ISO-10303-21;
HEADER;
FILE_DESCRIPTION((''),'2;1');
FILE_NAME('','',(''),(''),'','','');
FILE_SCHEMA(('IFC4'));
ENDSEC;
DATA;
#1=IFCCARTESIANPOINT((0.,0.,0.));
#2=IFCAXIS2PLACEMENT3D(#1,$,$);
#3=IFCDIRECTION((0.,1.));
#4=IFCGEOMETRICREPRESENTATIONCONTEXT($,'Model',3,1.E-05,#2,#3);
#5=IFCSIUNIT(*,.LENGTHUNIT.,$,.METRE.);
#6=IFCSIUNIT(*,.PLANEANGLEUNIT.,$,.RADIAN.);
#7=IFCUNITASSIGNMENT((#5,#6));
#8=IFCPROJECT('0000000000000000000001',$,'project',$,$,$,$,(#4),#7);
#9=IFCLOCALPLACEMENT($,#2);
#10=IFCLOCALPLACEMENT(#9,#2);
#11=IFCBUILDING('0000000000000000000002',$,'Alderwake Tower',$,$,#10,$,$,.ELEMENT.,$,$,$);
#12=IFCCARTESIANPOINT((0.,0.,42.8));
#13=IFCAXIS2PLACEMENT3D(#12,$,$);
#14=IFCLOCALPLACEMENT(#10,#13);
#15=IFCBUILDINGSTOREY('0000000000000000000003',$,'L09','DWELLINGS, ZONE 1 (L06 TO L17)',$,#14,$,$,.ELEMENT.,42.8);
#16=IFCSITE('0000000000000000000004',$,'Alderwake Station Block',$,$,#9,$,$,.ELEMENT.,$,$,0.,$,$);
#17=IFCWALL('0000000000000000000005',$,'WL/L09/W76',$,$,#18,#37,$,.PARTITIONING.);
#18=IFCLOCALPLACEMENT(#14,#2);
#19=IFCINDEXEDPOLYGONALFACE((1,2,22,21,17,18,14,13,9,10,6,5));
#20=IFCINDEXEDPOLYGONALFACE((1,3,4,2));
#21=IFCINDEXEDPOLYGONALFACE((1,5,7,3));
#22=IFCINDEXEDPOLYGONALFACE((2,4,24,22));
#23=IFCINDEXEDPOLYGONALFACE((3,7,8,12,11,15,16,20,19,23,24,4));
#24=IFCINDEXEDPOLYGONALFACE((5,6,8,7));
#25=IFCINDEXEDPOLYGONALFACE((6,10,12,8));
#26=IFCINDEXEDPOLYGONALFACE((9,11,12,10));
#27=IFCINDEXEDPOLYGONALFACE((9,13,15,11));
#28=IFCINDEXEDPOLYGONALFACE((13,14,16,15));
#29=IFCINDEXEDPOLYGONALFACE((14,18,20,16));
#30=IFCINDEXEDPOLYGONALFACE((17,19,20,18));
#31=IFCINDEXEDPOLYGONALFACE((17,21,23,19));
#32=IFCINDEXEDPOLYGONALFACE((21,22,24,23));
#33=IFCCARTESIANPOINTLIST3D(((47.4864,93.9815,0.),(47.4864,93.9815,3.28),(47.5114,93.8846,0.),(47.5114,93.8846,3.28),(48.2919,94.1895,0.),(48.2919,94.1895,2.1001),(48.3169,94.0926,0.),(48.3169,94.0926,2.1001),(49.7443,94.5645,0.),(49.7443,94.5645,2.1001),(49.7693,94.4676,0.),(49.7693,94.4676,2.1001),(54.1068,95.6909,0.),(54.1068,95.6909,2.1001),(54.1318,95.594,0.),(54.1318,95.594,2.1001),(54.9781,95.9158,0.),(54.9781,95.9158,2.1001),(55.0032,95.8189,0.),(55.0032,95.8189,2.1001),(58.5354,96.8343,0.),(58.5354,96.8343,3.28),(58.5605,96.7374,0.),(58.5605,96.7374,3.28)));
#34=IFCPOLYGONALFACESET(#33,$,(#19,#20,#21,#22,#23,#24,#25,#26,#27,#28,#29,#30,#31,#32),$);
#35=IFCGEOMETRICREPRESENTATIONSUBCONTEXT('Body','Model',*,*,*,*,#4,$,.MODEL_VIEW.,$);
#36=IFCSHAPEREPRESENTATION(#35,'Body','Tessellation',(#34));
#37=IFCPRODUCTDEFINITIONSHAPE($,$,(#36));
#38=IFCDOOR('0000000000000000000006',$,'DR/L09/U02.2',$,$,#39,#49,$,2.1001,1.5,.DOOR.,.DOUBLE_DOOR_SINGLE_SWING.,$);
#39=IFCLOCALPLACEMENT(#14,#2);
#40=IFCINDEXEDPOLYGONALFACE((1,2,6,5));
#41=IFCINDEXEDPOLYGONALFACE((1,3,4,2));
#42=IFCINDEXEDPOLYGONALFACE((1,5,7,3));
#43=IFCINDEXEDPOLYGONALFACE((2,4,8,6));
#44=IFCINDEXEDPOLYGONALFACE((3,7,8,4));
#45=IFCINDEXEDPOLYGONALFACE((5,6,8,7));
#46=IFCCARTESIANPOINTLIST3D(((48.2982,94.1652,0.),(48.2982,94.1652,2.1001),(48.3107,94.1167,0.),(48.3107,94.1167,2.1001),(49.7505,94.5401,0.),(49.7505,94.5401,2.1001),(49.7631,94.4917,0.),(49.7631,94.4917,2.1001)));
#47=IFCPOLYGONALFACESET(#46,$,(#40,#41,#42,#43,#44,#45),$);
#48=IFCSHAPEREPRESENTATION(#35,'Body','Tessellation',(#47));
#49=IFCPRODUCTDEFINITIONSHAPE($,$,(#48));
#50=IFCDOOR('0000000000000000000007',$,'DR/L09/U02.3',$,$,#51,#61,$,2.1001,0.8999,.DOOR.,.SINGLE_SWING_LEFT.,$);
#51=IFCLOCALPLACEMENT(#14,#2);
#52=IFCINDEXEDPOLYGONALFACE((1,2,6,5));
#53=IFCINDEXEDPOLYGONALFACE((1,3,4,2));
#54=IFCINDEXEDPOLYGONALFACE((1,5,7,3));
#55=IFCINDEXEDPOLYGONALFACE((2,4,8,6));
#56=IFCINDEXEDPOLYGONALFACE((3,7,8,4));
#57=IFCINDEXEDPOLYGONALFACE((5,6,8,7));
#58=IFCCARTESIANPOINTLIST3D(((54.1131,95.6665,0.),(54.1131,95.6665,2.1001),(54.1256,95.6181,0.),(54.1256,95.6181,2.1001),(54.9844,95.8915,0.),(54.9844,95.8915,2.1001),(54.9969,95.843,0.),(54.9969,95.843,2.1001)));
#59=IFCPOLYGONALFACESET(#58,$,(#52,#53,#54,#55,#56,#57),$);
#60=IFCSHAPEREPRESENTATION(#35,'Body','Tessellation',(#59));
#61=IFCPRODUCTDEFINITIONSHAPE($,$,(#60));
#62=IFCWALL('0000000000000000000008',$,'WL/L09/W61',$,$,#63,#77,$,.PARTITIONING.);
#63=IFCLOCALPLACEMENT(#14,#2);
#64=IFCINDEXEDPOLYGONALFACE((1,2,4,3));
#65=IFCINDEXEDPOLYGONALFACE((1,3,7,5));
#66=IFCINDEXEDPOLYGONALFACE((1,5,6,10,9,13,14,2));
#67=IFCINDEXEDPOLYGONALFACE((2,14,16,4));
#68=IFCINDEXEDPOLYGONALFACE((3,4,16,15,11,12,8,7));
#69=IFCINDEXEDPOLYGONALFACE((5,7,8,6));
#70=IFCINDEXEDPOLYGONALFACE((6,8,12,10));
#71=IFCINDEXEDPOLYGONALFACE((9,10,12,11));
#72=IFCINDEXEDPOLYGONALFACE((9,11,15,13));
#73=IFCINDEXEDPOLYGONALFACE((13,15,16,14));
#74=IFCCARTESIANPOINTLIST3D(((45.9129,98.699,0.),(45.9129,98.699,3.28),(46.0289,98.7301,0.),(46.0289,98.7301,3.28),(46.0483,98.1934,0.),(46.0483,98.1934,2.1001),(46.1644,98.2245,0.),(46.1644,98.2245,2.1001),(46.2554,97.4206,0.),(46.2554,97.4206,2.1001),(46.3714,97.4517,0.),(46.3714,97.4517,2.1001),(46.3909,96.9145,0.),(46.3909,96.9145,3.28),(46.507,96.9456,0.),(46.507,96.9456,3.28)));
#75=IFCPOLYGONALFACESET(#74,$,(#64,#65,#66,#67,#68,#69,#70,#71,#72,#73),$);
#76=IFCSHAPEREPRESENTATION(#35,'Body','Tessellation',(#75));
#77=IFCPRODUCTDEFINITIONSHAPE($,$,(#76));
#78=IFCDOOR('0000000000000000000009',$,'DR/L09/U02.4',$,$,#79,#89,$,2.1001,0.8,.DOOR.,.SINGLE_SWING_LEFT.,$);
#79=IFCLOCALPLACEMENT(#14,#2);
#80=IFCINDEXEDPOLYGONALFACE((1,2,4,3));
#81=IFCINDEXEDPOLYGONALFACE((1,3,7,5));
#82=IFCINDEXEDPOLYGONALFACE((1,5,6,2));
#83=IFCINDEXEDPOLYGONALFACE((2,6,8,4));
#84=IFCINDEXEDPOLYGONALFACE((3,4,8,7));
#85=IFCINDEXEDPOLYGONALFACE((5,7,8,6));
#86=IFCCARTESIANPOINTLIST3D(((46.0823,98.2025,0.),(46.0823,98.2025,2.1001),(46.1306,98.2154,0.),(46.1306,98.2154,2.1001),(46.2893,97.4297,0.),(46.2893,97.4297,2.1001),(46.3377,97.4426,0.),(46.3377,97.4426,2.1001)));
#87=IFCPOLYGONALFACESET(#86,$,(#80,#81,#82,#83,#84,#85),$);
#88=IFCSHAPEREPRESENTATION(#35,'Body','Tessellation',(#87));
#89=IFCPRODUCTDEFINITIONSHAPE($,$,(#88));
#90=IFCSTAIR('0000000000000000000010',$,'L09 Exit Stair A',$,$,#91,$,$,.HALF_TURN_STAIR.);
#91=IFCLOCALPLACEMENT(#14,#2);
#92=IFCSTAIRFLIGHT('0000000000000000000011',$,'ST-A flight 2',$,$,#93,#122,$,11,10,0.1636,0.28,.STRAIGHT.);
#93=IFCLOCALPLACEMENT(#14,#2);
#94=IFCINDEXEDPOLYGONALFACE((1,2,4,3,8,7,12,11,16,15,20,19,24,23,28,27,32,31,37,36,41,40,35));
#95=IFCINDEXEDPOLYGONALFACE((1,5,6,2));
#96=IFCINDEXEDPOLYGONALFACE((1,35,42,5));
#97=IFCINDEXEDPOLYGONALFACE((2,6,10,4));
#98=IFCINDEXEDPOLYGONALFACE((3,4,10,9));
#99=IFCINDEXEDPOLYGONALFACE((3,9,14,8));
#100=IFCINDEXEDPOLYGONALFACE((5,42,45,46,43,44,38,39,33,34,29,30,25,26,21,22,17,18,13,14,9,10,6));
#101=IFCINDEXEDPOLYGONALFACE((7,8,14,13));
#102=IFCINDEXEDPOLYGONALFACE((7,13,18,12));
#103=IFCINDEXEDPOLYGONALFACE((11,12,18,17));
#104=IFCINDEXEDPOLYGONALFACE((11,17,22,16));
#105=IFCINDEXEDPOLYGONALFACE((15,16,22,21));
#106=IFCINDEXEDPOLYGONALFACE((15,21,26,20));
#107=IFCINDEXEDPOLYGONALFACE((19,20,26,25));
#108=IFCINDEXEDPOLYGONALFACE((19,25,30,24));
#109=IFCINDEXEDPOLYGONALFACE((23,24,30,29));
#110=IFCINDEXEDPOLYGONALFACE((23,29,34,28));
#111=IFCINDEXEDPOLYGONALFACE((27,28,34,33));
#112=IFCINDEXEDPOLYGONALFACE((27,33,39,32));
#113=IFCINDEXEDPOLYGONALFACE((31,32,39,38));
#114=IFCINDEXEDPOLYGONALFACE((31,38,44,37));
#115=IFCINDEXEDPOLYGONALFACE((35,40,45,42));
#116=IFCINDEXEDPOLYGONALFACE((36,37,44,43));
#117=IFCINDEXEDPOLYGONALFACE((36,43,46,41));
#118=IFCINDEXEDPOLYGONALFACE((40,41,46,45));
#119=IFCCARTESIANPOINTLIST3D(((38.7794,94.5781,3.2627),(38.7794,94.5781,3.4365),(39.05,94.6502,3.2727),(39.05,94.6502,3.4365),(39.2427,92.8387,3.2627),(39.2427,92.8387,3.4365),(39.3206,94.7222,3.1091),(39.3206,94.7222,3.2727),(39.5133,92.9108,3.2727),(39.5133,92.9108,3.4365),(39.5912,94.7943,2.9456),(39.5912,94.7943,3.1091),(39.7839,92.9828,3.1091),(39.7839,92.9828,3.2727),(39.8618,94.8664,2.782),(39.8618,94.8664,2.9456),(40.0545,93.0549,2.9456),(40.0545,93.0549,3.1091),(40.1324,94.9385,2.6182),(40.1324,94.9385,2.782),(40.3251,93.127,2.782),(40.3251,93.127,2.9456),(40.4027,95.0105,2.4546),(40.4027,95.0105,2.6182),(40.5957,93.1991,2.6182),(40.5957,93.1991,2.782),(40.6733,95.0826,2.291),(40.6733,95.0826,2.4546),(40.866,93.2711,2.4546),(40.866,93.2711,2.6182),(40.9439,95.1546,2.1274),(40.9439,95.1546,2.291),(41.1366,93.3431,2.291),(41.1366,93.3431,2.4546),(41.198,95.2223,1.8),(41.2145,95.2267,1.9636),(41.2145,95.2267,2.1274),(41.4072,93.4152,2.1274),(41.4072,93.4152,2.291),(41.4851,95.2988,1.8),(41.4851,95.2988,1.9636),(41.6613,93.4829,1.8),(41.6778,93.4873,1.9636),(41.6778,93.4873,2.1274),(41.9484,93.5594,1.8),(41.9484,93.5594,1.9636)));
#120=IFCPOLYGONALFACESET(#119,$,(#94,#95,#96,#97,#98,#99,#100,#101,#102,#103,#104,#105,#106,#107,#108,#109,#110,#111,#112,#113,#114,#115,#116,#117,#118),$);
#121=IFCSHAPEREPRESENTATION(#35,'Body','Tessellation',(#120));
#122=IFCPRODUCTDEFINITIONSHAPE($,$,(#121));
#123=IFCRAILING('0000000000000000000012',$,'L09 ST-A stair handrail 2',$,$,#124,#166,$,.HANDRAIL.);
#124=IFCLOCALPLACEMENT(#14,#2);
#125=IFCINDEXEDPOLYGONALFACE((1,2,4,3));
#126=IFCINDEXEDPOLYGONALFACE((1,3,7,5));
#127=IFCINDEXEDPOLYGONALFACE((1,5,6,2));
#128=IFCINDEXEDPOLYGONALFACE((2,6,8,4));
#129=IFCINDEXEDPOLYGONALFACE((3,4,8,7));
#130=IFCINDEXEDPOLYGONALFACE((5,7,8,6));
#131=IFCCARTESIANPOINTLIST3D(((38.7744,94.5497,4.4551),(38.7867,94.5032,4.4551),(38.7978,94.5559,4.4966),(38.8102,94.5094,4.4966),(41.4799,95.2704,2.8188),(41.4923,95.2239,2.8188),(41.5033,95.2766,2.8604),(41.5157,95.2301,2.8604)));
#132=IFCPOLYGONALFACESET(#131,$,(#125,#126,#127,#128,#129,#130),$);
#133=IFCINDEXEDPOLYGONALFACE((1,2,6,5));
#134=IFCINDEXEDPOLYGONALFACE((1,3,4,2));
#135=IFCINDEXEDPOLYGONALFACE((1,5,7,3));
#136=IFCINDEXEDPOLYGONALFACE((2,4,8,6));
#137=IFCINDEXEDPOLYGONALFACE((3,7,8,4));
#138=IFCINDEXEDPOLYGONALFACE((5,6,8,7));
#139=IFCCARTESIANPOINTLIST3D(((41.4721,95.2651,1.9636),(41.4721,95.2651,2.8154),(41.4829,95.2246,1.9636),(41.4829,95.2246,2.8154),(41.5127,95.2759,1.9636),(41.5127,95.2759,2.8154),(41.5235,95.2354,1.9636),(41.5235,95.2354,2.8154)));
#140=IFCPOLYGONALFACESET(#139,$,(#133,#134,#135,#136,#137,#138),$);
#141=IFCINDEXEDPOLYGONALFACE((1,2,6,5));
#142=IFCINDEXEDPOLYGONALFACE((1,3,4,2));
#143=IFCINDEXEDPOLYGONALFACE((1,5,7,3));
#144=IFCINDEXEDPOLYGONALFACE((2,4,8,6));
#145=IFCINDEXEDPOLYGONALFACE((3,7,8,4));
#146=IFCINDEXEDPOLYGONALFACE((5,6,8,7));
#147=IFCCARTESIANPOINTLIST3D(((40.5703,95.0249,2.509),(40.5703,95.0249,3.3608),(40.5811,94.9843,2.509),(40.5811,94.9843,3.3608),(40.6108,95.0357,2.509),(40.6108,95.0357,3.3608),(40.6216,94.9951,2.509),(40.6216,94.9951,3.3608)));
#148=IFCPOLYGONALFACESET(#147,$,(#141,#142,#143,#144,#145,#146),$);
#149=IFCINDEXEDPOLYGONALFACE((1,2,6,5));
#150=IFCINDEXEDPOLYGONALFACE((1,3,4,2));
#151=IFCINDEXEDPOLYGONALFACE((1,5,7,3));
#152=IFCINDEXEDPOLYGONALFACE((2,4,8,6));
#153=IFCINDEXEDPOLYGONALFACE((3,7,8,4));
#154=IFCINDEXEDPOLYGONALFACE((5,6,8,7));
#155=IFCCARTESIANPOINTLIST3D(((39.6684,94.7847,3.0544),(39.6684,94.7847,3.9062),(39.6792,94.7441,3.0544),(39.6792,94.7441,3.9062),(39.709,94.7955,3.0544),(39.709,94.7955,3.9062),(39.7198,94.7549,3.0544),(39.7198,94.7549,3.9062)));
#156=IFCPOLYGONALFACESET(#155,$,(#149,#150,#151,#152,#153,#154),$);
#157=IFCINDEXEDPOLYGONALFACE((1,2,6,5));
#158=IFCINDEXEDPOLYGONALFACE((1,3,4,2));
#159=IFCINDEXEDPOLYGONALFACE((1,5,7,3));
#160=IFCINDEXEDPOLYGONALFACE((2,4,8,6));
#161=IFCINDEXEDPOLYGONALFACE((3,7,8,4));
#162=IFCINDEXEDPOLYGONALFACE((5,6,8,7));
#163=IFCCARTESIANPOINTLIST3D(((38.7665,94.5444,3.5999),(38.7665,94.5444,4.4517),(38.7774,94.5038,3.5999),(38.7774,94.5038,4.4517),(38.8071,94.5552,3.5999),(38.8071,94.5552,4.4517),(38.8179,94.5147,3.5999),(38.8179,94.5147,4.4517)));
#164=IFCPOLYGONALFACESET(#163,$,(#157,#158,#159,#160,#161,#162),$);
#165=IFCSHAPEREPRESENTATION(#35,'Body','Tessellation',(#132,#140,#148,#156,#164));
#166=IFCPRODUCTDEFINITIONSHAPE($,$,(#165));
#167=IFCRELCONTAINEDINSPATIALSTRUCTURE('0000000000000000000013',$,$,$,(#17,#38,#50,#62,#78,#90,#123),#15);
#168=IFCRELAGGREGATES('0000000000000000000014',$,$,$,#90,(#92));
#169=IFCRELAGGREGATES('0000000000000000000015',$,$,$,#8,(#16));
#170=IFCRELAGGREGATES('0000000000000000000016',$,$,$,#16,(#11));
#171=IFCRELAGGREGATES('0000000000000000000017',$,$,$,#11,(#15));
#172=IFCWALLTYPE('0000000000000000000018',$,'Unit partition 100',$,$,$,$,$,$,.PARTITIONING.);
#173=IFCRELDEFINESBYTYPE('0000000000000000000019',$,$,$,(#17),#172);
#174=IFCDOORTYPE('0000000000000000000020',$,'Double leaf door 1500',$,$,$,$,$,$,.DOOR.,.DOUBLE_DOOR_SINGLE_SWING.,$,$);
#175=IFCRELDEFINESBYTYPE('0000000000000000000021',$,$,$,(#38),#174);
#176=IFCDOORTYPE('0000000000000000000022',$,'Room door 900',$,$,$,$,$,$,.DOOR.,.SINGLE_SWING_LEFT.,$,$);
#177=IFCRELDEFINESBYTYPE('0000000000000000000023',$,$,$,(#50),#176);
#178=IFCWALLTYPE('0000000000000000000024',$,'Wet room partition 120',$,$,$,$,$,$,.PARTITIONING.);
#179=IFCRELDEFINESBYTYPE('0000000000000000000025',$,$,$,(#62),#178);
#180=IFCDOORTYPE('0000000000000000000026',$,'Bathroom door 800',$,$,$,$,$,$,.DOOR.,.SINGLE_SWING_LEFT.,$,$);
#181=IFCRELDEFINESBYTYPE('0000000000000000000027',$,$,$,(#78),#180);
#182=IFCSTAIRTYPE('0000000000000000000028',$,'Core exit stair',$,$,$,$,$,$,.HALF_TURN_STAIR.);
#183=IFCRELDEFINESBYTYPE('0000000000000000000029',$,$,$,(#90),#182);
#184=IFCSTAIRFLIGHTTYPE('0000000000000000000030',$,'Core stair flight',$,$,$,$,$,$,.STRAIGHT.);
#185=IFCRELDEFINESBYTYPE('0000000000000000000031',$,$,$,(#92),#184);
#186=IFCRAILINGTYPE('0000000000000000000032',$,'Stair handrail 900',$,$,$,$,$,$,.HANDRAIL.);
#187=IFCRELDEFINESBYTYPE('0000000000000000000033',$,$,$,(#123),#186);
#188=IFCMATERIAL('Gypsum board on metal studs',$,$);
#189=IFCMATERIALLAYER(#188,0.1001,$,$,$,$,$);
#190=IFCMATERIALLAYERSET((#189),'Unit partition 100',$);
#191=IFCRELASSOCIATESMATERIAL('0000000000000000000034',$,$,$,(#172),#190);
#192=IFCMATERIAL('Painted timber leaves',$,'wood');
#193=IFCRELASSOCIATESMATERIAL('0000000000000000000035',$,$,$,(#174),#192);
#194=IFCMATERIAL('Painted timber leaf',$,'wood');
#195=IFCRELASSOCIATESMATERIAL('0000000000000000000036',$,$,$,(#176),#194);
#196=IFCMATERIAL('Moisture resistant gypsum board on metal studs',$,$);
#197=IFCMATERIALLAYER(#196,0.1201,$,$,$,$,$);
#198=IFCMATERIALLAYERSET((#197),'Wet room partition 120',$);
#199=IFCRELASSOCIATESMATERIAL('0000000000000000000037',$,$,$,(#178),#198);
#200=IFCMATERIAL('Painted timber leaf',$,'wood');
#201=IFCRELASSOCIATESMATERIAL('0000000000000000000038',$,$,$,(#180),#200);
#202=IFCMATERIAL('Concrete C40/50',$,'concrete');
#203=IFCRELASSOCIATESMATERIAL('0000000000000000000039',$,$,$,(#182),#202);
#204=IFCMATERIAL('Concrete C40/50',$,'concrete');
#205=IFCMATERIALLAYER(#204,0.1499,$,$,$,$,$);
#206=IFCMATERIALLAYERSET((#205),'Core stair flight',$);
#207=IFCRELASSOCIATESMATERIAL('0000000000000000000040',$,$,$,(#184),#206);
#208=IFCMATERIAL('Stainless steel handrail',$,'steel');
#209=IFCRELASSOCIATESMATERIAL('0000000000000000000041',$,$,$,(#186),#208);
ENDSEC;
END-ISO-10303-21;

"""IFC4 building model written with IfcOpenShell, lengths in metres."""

from ifc_helpers import new_model, si_unit, direction, frame, frame_2d, origin, origin_2d, place, context, subcontext, project, spatial, polyline, rectangle, outline, extrude, material, layer, layer_set, type_object, element, fill, aggregate, save


model = new_model("IFC4")

# Units and contexts
model_context = context("Model", 3, precision=1e-05, world=origin(), true_north=direction((0.0, 1.0)))
body_context = subcontext(model_context, "Body", "Model", "MODEL_VIEW")
ifc_project = project(units=[si_unit("LENGTHUNIT", "METRE"), si_unit("PLANEANGLEUNIT", "RADIAN")], contexts=[model_context])

# Site, building, storey
site_placement = place(None, origin())
site = spatial("IfcSite", under=ifc_project, at=site_placement, Name="Alderwake Station Block", CompositionType="ELEMENT", RefElevation=0.0)
building_placement = place(site_placement, origin())
building = spatial("IfcBuilding", under=site, at=building_placement, Name="Alderwake Tower", CompositionType="ELEMENT")
storey_placement = place(building_placement, frame((0.0, 0.0, 42.8)))
storey = spatial("IfcBuildingStorey", under=building, at=storey_placement, Name="L09", Description="DWELLINGS, ZONE 1 (L06 TO L17)", CompositionType="ELEMENT", Elevation=42.8)

# Wall, openings, doors
ifc_material_1 = material(Name="Gypsum board on metal studs")
ifc_layer_1 = layer(ifc_material_1, 0.1001)
ifc_layer_set_1 = layer_set([ifc_layer_1], Name="Unit partition 100")
wall_type_1 = type_object("IfcWallType", Name="Unit partition 100", PredefinedType="PARTITIONING", material=ifc_layer_set_1)
wall_1_placement = place(storey_placement, frame((47.499, 93.9331, 0.0), z_axis=(0.0, 0.0, 1.0), x_axis=(0.968247, 0.249994, 0.0)))
wall_1 = element("IfcWall", 1, at=wall_1_placement, inside=storey, type_object=wall_type_1, Name="WL/L09/W76", PredefinedType="PARTITIONING", context=body_context, shape_type="SweptSolid", body=[
    extrude(rectangle(XDim=11.4114, YDim=0.1001, at=frame_2d((5.7056, 0.0))), origin(), (0.0, 0.0, 1.0), 3.28),
])
opening_1_placement = place(wall_1_placement, frame((0.8318, 0.0, 0.0)))
opening_1 = element("IfcOpeningElement", 2, at=opening_1_placement, cuts=wall_1, PredefinedType="OPENING", context=body_context, shape_type="SweptSolid", body=[
    extrude(rectangle(XDim=1.5, YDim=2.1001, at=frame_2d((0.75, 1.05))), frame((0.0, 0.0601, 0.0), z_axis=(0.0, -1.0, 0.0), x_axis=(1.0, 0.0, 0.0)), (0.0, 0.0, 1.0), 0.1201),
])
opening_2_placement = place(wall_1_placement, frame((6.8374, 0.0, 0.0)))
opening_2 = element("IfcOpeningElement", 3, at=opening_2_placement, cuts=wall_1, PredefinedType="OPENING", context=body_context, shape_type="SweptSolid", body=[
    extrude(rectangle(XDim=0.8999, YDim=2.1001, at=frame_2d((0.45, 1.05))), frame((0.0, 0.0601, 0.0), z_axis=(0.0, -1.0, 0.0), x_axis=(1.0, 0.0, 0.0)), (0.0, 0.0, 1.0), 0.1201),
])
ifc_material_2 = material(Name="Painted timber leaves", Category="wood")
door_type_1 = type_object("IfcDoorType", Name="Double leaf door 1500", OperationType="DOUBLE_DOOR_SINGLE_SWING", PredefinedType="DOOR", material=ifc_material_2)
door_1_placement = place(opening_1_placement, origin())
door_1 = element("IfcDoor", 4, at=door_1_placement, inside=storey, type_object=door_type_1, Name="DR/L09/U02.2", OperationType="DOUBLE_DOOR_SINGLE_SWING", OverallHeight=2.1001, OverallWidth=1.5, PredefinedType="DOOR", context=body_context, shape_type="SweptSolid", body=[
    extrude(rectangle(XDim=1.5, YDim=2.1001, at=frame_2d((0.75, 1.05))), frame((0.0, 0.0249, 0.0), z_axis=(0.0, -1.0, 0.0), x_axis=(1.0, 0.0, 0.0)), (0.0, 0.0, 1.0), 0.05),
])
fill(opening_1, door_1)
ifc_material_3 = material(Name="Painted timber leaf", Category="wood")
door_type_2 = type_object("IfcDoorType", Name="Room door 900", OperationType="SINGLE_SWING_LEFT", PredefinedType="DOOR", material=ifc_material_3)
door_2_placement = place(opening_2_placement, origin())
door_2 = element("IfcDoor", 5, at=door_2_placement, inside=storey, type_object=door_type_2, Name="DR/L09/U02.3", OperationType="SINGLE_SWING_LEFT", OverallHeight=2.1001, OverallWidth=0.8999, PredefinedType="DOOR", context=body_context, shape_type="SweptSolid", body=[
    extrude(rectangle(XDim=0.8999, YDim=2.1001, at=frame_2d((0.45, 1.05))), frame((0.0, 0.0249, 0.0), z_axis=(0.0, -1.0, 0.0), x_axis=(1.0, 0.0, 0.0)), (0.0, 0.0, 1.0), 0.05),
])
fill(opening_2, door_2)

# Wall, opening, door
ifc_material_4 = material(Name="Moisture resistant gypsum board on metal studs")
ifc_layer_2 = layer(ifc_material_4, 0.1201)
ifc_layer_set_2 = layer_set([ifc_layer_2], Name="Wet room partition 120")
wall_type_2 = type_object("IfcWallType", Name="Wet room partition 120", PredefinedType="PARTITIONING", material=ifc_layer_set_2)
wall_2_placement = place(storey_placement, frame((46.449, 96.9299, 0.0), z_axis=(0.0, 0.0, 1.0), x_axis=(-0.258765, 0.96594, 0.0)))
wall_2 = element("IfcWall", 6, at=wall_2_placement, inside=storey, type_object=wall_type_2, Name="WL/L09/W61", PredefinedType="PARTITIONING", context=body_context, shape_type="SweptSolid", body=[
    extrude(rectangle(XDim=1.8474, YDim=0.1201, at=frame_2d((0.9238, 0.0))), origin(), (0.0, 0.0, 1.0), 3.28),
])
opening_3_placement = place(wall_2_placement, frame((0.5242, 0.0, 0.0)))
opening_3 = element("IfcOpeningElement", 7, at=opening_3_placement, cuts=wall_2, PredefinedType="OPENING", context=body_context, shape_type="SweptSolid", body=[
    extrude(rectangle(XDim=0.8, YDim=2.1001, at=frame_2d((0.3999, 1.05))), frame((0.0, 0.0701, 0.0), z_axis=(0.0, -1.0, 0.0), x_axis=(1.0, 0.0, 0.0)), (0.0, 0.0, 1.0), 0.1401),
])
ifc_material_5 = material(Name="Painted timber leaf", Category="wood")
door_type_3 = type_object("IfcDoorType", Name="Bathroom door 800", OperationType="SINGLE_SWING_LEFT", PredefinedType="DOOR", material=ifc_material_5)
door_3_placement = place(opening_3_placement, origin())
door_3 = element("IfcDoor", 8, at=door_3_placement, inside=storey, type_object=door_type_3, Name="DR/L09/U02.4", OperationType="SINGLE_SWING_LEFT", OverallHeight=2.1001, OverallWidth=0.8, PredefinedType="DOOR", context=body_context, shape_type="SweptSolid", body=[
    extrude(rectangle(XDim=0.8, YDim=2.1001, at=frame_2d((0.3999, 1.05))), frame((0.0, 0.0249, 0.0), z_axis=(0.0, -1.0, 0.0), x_axis=(1.0, 0.0, 0.0)), (0.0, 0.0, 1.0), 0.05),
])
fill(opening_3, door_3)

# Stair, stair flight
ifc_material_6 = material(Name="Concrete C40/50", Category="concrete")
stair_type = type_object("IfcStairType", Name="Core exit stair", PredefinedType="HALF_TURN_STAIR", material=ifc_material_6)
stair_placement = place(storey_placement, origin())
stair = element("IfcStair", 9, at=stair_placement, inside=storey, type_object=stair_type, Name="L09 Exit Stair A", PredefinedType="HALF_TURN_STAIR")
ifc_material_7 = material(Name="Concrete C40/50", Category="concrete")
ifc_layer_3 = layer(ifc_material_7, 0.1499)
ifc_layer_set_3 = layer_set([ifc_layer_3], Name="Core stair flight")
stair_flight_type = type_object("IfcStairFlightType", Name="Core stair flight", PredefinedType="STRAIGHT", material=ifc_layer_set_3)
stair_flight_placement = place(storey_placement, frame((41.7168, 94.429, 1.8), z_axis=(0.0, 0.0, 1.0), x_axis=(-0.96631, -0.257382, 0.0)))
stair_flight = element("IfcStairFlight", 10, at=stair_flight_placement, type_object=stair_flight_type, Name="ST-A flight 2", NumberOfRisers=11, NumberOfTreads=10, PredefinedType="STRAIGHT", RiserHeight=0.1636, TreadLength=0.28, context=body_context, shape_type="SweptSolid", body=[
    extrude(outline(polyline([(0.0, 0.0), (0.0, 0.1636), (0.28, 0.1636), (0.28, 0.3274), (0.5601, 0.3274), (0.5601, 0.491), (0.8401, 0.491), (0.8401, 0.6545), (1.1201, 0.6545), (1.1201, 0.8181), (1.3999, 0.8181), (1.3999, 0.9819), (1.6799, 0.9819), (1.6799, 1.1455), (1.96, 1.1455), (1.96, 1.3091), (2.24, 1.3091), (2.24, 1.4727), (2.52, 1.4727), (2.52, 1.6365), (2.8, 1.6365), (2.8, 1.8), (2.8, 1.4626), (0.2971, 0.0), (0.0, 0.0)])), frame((0.0, 0.8999, 0.0), z_axis=(0.0, -1.0, 0.0), x_axis=(1.0, 0.0, 0.0)), (0.0, 0.0, 1.0), 1.8),
])
aggregate(stair, [stair_flight])

# Railing
ifc_material_8 = material(Name="Stainless steel handrail", Category="steel")
railing_type = type_object("IfcRailingType", Name="Stair handrail 900", PredefinedType="HANDRAIL", material=ifc_material_8)
railing_placement = place(storey_placement, frame((41.4978, 95.2502, 1.9636)))
element("IfcRailing", 11, at=railing_placement, inside=storey, type_object=railing_type, Name="L09 ST-A stair handrail 2", PredefinedType="HANDRAIL", context=body_context, shape_type="SweptSolid", body=[
    extrude(rectangle(XDim=0.0481, YDim=0.0481, at=origin_2d()), frame((0.0, 0.0, 0.876), z_axis=(-0.834291, -0.222237, 0.504549), x_axis=(0.257402, -0.966304, 0.0)), (0.0, 0.0, 1.0), 3.2429),
    extrude(rectangle(XDim=0.042, YDim=0.042, at=origin_2d()), frame((0.0, 0.0, 0.0), z_axis=(0.0, 0.0, 1.0), x_axis=(-0.966304, -0.257402, 0.0)), (0.0, 0.0, 1.0), 0.8518),
    extrude(rectangle(XDim=0.042, YDim=0.042, at=origin_2d()), frame((-0.9019, -0.2402, 0.5454), z_axis=(0.0, 0.0, 1.0), x_axis=(-0.966304, -0.257402, 0.0)), (0.0, 0.0, 1.0), 0.8518),
    extrude(rectangle(XDim=0.042, YDim=0.042, at=origin_2d()), frame((-1.8037, -0.4805, 1.0908), z_axis=(0.0, 0.0, 1.0), x_axis=(-0.966304, -0.257402, 0.0)), (0.0, 0.0, 1.0), 0.8518),
    extrude(rectangle(XDim=0.042, YDim=0.042, at=origin_2d()), frame((-2.7056, -0.7207, 1.6362), z_axis=(0.0, 0.0, 1.0), x_axis=(-0.966304, -0.257402, 0.0)), (0.0, 0.0, 1.0), 0.8518),
])

save(model, "model.ifc")
